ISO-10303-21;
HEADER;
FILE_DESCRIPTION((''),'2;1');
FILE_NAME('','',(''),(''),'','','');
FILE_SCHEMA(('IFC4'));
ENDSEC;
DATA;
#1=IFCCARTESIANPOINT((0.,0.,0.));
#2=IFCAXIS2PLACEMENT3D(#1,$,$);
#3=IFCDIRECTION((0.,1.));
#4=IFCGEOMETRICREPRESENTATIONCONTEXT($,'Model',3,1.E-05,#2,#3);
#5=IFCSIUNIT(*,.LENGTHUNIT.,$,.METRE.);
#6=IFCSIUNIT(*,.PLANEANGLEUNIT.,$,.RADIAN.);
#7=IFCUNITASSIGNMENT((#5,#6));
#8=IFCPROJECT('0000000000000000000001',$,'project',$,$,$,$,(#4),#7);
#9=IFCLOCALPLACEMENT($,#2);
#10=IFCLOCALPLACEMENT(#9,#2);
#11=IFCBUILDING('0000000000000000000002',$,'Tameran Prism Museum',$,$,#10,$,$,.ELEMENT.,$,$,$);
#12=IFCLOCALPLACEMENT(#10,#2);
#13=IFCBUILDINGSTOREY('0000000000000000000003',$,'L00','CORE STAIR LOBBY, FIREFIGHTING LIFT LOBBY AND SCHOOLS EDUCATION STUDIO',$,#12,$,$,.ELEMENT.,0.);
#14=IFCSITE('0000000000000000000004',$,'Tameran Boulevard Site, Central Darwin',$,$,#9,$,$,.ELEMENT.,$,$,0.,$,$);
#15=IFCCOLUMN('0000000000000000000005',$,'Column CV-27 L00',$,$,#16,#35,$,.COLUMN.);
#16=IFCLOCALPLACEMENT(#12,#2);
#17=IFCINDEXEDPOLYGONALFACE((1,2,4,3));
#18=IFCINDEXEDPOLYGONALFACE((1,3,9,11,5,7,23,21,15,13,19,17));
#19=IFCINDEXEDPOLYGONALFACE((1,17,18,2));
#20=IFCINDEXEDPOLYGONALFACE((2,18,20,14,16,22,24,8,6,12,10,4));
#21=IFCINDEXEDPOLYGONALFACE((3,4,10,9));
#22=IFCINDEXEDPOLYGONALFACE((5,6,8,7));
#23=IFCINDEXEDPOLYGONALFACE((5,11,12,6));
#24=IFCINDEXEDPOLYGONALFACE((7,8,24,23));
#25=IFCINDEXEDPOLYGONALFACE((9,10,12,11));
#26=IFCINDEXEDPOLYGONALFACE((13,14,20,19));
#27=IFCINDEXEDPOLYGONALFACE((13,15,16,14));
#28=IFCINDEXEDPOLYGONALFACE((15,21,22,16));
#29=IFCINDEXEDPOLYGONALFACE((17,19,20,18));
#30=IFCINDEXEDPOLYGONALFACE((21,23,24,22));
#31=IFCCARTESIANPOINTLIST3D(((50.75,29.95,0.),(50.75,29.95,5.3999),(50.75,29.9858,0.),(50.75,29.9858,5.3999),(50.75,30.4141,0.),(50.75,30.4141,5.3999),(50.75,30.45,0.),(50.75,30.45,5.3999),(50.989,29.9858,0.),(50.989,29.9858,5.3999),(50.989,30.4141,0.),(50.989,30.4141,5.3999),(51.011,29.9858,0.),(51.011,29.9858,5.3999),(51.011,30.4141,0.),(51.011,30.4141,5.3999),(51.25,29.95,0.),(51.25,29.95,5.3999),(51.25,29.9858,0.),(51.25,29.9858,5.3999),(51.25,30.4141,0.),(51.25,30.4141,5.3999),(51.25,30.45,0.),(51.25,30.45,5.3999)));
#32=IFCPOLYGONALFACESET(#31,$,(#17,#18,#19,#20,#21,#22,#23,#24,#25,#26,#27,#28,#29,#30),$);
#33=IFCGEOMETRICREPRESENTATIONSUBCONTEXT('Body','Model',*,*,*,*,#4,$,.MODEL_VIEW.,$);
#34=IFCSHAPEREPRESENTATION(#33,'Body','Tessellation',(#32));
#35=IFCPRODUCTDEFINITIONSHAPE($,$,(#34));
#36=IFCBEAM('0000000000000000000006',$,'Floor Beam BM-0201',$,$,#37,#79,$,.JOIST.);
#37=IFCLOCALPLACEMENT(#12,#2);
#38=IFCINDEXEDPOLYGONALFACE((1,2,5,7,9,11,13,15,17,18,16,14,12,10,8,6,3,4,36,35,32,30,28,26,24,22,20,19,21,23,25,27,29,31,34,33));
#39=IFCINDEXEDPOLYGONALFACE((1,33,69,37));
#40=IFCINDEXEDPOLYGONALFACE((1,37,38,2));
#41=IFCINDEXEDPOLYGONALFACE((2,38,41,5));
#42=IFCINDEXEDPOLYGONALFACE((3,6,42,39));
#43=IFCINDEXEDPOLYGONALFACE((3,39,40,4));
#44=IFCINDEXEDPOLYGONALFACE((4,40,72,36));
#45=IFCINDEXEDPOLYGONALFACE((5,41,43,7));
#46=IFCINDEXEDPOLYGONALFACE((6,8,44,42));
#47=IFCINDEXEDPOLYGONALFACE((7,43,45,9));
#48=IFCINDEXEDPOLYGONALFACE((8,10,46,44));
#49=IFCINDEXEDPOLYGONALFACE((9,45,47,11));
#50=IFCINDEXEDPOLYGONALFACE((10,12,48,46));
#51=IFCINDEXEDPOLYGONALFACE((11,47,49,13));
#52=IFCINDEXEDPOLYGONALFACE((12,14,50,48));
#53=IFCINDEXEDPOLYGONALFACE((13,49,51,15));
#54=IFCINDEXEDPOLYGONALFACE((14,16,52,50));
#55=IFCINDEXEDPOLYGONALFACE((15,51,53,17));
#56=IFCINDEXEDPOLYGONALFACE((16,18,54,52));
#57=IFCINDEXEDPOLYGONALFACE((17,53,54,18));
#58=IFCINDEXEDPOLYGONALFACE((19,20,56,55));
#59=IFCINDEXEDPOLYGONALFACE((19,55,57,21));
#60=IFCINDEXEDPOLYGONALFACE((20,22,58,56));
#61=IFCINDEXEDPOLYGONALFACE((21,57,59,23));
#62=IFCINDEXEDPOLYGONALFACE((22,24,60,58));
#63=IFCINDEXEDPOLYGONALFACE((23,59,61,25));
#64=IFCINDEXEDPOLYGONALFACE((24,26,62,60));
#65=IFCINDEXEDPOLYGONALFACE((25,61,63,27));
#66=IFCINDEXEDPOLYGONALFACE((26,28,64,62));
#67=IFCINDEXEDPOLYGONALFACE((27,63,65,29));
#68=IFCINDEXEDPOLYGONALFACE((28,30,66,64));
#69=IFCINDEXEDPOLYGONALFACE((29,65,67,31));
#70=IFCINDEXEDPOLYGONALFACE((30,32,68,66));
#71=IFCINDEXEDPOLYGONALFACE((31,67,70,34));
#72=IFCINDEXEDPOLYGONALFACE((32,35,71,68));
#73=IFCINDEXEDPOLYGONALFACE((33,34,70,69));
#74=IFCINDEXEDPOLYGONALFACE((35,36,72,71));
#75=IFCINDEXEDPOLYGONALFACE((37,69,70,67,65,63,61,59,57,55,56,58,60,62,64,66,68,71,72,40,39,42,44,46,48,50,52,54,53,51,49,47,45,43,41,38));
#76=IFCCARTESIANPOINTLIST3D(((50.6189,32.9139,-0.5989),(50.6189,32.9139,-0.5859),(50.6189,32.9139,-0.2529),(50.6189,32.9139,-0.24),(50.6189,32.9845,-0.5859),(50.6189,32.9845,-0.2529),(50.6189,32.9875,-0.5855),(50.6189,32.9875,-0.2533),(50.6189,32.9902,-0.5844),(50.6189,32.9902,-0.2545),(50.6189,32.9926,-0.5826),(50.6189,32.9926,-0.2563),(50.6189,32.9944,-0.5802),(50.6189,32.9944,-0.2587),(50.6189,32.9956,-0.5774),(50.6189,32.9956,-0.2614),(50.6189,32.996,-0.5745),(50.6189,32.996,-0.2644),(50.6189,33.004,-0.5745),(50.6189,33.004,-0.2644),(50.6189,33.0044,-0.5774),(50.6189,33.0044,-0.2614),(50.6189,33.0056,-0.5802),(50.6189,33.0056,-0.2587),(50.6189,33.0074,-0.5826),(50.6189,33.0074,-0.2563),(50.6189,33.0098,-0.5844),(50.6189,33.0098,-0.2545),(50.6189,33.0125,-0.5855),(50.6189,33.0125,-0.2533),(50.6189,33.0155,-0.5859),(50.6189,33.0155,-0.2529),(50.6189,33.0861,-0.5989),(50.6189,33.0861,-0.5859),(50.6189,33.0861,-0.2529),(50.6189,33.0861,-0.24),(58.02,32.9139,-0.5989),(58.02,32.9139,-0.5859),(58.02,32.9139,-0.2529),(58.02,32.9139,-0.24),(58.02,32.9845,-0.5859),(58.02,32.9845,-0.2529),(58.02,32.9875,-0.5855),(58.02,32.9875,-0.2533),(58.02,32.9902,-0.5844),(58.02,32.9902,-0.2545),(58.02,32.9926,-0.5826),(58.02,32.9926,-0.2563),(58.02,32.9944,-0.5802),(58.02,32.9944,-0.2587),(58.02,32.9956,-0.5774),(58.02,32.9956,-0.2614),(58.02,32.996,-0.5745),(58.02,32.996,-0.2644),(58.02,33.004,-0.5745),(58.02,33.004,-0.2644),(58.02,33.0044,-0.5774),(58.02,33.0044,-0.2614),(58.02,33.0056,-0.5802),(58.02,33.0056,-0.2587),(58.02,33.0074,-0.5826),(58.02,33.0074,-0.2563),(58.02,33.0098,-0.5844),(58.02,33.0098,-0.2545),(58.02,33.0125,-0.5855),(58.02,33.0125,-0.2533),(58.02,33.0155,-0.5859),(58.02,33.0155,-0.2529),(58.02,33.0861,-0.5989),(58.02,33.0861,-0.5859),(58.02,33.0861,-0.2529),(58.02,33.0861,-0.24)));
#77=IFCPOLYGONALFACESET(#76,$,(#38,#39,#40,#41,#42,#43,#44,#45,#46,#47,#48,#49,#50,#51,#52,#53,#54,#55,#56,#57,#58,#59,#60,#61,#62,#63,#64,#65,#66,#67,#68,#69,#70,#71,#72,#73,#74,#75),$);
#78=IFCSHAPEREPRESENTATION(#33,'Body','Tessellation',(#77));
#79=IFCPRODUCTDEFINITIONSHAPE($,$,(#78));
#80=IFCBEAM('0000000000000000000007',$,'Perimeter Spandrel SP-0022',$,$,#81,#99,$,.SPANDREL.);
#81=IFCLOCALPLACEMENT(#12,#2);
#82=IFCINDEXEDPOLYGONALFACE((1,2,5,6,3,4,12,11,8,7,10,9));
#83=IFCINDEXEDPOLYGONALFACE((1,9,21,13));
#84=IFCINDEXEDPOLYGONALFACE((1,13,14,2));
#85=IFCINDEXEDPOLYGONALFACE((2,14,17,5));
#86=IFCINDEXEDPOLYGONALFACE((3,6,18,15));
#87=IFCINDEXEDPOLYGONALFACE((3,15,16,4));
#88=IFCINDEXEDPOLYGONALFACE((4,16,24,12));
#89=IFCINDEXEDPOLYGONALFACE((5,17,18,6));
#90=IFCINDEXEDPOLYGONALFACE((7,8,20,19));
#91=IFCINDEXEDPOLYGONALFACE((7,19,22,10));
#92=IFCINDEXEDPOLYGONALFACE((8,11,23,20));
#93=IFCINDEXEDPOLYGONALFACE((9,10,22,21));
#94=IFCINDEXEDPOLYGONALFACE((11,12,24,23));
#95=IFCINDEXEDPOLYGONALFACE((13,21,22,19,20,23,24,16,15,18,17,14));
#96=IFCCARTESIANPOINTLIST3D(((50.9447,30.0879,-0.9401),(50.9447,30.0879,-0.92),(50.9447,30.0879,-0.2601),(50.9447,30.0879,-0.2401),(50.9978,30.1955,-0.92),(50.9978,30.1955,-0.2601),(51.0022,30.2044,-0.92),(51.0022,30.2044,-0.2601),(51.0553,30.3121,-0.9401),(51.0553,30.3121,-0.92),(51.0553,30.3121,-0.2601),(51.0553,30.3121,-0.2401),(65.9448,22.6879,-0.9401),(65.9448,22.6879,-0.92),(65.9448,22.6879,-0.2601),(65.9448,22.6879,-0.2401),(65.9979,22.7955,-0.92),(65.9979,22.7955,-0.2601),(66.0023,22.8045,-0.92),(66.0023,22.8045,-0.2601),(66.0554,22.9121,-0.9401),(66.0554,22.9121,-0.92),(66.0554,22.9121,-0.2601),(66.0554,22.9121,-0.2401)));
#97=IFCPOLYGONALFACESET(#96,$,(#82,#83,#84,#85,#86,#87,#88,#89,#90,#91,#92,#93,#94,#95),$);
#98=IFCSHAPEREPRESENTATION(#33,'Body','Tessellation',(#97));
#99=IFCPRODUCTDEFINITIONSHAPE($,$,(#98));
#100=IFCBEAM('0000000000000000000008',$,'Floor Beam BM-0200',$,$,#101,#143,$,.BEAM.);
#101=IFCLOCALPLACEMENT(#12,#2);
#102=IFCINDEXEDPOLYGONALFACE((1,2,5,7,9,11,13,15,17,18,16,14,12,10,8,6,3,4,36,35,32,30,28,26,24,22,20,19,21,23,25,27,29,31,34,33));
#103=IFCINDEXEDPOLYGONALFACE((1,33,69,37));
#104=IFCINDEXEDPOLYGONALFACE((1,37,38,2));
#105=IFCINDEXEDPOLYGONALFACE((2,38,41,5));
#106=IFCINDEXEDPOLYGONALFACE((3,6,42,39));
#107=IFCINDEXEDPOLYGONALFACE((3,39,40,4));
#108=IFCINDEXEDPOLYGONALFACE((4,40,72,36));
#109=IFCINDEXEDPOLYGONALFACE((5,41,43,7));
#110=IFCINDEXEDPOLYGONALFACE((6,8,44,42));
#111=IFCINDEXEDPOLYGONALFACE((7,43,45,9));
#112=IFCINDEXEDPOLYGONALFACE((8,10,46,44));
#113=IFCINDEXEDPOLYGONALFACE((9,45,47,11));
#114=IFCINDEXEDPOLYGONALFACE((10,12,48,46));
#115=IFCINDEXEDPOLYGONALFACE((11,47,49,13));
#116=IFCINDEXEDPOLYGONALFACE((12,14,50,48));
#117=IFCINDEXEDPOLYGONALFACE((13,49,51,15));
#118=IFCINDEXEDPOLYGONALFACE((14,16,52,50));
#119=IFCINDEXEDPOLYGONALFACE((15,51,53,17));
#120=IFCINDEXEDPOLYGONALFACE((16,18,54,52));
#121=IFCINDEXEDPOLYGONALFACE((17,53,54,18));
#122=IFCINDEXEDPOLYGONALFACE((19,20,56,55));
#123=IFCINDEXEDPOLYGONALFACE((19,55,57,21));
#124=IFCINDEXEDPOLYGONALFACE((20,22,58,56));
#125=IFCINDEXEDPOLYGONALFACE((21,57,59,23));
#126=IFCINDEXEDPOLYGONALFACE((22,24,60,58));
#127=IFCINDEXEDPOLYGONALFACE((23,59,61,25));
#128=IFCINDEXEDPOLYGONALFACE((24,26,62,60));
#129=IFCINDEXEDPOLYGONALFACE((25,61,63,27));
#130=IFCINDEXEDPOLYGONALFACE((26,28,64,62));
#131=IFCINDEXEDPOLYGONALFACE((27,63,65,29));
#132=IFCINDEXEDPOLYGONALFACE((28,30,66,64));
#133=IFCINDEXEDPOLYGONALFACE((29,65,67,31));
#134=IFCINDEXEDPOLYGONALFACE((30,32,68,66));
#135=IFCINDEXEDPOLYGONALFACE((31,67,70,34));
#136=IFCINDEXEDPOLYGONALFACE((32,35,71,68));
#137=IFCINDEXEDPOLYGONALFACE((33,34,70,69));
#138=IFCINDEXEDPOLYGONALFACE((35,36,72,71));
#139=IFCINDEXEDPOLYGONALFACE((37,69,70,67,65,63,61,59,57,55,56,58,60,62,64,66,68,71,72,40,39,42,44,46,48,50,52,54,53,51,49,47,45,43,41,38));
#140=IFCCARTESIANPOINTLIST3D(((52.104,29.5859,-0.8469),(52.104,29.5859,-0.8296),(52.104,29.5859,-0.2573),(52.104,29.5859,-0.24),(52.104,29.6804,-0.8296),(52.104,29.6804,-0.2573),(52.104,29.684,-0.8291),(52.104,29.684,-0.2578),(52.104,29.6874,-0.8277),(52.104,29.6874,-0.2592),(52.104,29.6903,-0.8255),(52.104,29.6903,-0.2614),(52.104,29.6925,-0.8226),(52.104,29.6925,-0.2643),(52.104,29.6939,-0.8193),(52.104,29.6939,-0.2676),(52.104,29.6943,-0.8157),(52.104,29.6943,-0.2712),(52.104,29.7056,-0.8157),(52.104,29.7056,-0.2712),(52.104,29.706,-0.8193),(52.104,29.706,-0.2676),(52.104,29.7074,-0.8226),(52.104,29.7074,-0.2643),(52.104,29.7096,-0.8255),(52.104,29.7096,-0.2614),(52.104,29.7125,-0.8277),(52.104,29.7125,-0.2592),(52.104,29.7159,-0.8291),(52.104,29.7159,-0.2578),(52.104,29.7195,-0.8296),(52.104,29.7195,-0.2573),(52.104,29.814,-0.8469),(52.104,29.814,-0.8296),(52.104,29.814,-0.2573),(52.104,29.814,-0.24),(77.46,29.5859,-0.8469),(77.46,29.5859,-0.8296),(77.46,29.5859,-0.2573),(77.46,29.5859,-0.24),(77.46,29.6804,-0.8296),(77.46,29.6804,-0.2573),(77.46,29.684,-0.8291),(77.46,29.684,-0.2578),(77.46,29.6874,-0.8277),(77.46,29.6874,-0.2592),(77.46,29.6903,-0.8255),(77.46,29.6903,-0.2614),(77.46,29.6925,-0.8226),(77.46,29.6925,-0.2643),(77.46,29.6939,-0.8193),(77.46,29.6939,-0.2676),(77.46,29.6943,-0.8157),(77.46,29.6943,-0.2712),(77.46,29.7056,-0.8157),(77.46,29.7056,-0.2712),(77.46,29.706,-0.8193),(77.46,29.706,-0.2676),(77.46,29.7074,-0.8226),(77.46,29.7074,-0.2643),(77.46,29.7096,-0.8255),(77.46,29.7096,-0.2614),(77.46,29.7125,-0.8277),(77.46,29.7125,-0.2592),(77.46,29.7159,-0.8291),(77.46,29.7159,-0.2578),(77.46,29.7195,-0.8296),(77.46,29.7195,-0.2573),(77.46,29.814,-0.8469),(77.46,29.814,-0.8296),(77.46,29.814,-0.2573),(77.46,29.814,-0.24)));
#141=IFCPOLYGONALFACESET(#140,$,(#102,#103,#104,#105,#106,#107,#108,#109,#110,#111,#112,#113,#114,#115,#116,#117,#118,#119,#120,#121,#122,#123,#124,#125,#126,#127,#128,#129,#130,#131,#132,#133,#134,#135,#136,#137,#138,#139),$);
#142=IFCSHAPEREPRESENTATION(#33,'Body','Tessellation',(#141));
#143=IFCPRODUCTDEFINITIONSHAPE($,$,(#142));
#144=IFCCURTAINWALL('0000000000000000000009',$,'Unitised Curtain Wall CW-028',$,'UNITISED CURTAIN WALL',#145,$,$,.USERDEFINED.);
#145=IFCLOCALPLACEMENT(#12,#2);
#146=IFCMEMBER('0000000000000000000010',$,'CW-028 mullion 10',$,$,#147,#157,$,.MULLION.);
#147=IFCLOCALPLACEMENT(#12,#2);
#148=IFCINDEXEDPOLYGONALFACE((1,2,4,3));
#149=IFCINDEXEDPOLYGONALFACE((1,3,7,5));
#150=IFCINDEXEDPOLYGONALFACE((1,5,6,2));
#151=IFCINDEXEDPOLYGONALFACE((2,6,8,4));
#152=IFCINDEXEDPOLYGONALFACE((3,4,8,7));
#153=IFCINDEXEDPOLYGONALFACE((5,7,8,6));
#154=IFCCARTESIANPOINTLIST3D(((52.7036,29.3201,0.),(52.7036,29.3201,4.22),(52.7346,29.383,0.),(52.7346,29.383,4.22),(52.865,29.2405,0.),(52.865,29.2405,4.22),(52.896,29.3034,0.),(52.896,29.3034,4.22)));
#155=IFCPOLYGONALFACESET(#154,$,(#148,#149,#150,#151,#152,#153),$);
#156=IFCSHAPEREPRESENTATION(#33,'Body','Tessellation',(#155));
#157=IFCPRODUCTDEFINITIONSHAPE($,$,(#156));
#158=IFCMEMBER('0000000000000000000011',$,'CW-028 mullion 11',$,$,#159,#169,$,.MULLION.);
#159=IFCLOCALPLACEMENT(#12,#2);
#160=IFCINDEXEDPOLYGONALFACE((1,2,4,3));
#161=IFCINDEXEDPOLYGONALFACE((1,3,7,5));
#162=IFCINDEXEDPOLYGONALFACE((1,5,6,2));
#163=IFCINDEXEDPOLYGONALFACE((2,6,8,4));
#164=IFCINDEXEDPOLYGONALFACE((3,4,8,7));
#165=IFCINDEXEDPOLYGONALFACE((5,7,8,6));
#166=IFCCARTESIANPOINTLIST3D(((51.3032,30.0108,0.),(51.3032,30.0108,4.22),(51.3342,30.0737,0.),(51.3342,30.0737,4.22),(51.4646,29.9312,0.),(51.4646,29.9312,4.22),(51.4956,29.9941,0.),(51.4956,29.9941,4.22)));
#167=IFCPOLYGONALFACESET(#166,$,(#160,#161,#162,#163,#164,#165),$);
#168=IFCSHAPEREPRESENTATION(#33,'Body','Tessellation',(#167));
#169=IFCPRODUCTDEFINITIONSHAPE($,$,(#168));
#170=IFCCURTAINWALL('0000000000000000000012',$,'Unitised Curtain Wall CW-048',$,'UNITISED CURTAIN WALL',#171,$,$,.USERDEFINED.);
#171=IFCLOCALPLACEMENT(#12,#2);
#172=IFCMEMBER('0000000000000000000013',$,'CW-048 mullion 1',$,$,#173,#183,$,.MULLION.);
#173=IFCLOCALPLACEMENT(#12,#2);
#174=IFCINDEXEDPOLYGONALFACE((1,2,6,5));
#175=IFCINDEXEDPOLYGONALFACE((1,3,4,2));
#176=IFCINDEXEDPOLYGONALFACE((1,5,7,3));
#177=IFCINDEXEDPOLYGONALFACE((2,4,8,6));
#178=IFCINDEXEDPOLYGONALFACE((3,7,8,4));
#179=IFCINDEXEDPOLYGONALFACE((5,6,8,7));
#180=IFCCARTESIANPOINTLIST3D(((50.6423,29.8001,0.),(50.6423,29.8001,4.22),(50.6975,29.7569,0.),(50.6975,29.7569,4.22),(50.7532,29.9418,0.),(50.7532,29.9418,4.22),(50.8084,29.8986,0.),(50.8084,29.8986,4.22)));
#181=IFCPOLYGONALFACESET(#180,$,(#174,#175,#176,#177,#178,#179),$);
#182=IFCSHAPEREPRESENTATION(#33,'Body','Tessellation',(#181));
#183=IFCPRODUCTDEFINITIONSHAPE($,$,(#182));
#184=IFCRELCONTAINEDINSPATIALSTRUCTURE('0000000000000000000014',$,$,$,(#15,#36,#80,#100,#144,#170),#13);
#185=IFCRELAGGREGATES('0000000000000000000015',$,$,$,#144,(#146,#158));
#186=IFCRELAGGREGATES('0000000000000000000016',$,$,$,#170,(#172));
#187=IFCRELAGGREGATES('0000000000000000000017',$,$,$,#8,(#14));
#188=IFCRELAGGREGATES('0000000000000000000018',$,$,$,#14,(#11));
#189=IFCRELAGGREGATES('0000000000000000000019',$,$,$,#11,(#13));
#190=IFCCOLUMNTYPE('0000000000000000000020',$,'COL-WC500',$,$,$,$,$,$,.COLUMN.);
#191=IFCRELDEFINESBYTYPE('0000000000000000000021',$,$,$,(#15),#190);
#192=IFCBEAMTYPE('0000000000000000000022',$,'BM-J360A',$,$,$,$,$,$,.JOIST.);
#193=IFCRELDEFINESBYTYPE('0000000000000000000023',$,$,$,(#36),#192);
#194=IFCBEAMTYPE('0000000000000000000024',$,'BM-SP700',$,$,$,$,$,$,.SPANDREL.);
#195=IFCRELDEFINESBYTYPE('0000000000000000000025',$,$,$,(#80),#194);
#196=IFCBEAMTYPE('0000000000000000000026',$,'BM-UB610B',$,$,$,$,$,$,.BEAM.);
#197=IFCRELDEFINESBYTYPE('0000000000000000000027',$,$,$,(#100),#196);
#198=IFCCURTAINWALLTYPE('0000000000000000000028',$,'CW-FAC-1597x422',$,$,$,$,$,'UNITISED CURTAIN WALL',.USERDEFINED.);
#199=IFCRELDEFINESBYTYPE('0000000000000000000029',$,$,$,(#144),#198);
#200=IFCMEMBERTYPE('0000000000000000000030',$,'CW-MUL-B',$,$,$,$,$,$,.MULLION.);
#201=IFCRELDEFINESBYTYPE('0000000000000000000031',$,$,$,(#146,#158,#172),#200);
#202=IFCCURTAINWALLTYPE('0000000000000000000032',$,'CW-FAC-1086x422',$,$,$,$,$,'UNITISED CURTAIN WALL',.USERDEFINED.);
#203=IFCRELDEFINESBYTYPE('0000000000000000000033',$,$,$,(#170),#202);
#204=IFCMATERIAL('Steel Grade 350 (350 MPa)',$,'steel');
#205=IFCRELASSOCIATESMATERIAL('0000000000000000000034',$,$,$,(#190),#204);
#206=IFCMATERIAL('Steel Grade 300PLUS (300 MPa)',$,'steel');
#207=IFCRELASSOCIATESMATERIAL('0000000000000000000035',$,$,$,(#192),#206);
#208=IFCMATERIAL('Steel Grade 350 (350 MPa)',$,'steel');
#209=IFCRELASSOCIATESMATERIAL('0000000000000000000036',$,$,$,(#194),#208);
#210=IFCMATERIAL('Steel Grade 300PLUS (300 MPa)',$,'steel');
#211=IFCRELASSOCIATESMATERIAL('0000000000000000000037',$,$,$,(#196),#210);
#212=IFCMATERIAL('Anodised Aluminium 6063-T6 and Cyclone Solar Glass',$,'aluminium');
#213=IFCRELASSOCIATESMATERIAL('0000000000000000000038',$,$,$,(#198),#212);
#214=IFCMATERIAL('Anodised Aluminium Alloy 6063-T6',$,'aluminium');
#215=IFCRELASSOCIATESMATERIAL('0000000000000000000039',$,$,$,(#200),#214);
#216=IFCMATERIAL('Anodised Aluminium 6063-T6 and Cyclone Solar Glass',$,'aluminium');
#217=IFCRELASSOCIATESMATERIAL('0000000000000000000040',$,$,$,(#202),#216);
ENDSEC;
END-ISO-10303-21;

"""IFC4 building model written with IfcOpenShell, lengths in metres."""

from ifc_helpers import new_model, si_unit, direction, frame, origin, origin_2d, place, context, subcontext, project, spatial, rectangle, i_section, extrude, material, material_profile, profile_set, type_object, element, aggregate, save


model = new_model("IFC4")

# Units and contexts
model_context = context("Model", 3, precision=1e-05, world=origin(), true_north=direction((0.0, 1.0)))
body_context = subcontext(model_context, "Body", "Model", "MODEL_VIEW")
ifc_project = project(units=[si_unit("LENGTHUNIT", "METRE"), si_unit("PLANEANGLEUNIT", "RADIAN")], contexts=[model_context])

# Site, building, storey
site_placement = place(None, origin())
site = spatial("IfcSite", under=ifc_project, at=site_placement, Name="Tameran Boulevard Site, Central Darwin", CompositionType="ELEMENT", RefElevation=0.0)
building_placement = place(site_placement, origin())
building = spatial("IfcBuilding", under=site, at=building_placement, Name="Tameran Prism Museum", CompositionType="ELEMENT")
storey_placement = place(building_placement, origin())
storey = spatial("IfcBuildingStorey", under=building, at=storey_placement, Name="L00", Description="CORE STAIR LOBBY, FIREFIGHTING LIFT LOBBY AND SCHOOLS EDUCATION STUDIO", CompositionType="ELEMENT", Elevation=0.0)

# Column
ifc_material_1 = material(Name="Steel Grade 350 (350 MPa)", Category="steel")
ifc_material_profile_1 = material_profile(ifc_material_1, i_section(OverallWidth=0.5, OverallDepth=0.5, WebThickness=0.022, FlangeThickness=0.0359, at=origin_2d()))
ifc_profile_set_1 = profile_set([ifc_material_profile_1])
column_type = type_object("IfcColumnType", Name="COL-WC500", PredefinedType="COLUMN", material=ifc_profile_set_1)
column_placement = place(storey_placement, frame((51.0, 30.2, 0.0), z_axis=(0.0, 0.0, 1.0), x_axis=(1.0, 0.0, 0.0)))
element("IfcColumn", 1, at=column_placement, inside=storey, type_object=column_type, Name="Column CV-27 L00", PredefinedType="COLUMN", context=body_context, shape_type="SweptSolid", body=[
    extrude(i_section(OverallWidth=0.5, OverallDepth=0.5, WebThickness=0.022, FlangeThickness=0.0359, at=origin_2d()), origin(), (0.0, 0.0, 1.0), 5.3999),
])

# Beams
ifc_material_2 = material(Name="Steel Grade 300PLUS (300 MPa)", Category="steel")
ifc_material_profile_2 = material_profile(ifc_material_2, i_section(OverallWidth=0.1721, OverallDepth=0.3589, WebThickness=0.0081, FlangeThickness=0.0129, FilletRadius=0.0115, at=origin_2d()))
ifc_profile_set_2 = profile_set([ifc_material_profile_2])
beam_type_1 = type_object("IfcBeamType", Name="BM-J360A", PredefinedType="JOIST", material=ifc_profile_set_2)
beam_1_placement = place(storey_placement, frame((50.6189, 33.0, -0.4194), z_axis=(1.0, 0.0, 0.0), x_axis=(0.0, 1.0, 0.0)))
element("IfcBeam", 2, at=beam_1_placement, inside=storey, type_object=beam_type_1, Name="Floor Beam BM-0201", PredefinedType="JOIST", context=body_context, shape_type="SweptSolid", body=[
    extrude(i_section(OverallWidth=0.1721, OverallDepth=0.3589, WebThickness=0.0081, FlangeThickness=0.0129, FilletRadius=0.0115, at=origin_2d()), origin(), (0.0, 0.0, 1.0), 7.4011),
])
ifc_material_3 = material(Name="Steel Grade 350 (350 MPa)", Category="steel")
ifc_material_profile_3 = material_profile(ifc_material_3, i_section(OverallWidth=0.25, OverallDepth=0.7, WebThickness=0.01, FlangeThickness=0.02, at=origin_2d()))
ifc_profile_set_3 = profile_set([ifc_material_profile_3])
beam_type_2 = type_object("IfcBeamType", Name="BM-SP700", PredefinedType="SPANDREL", material=ifc_profile_set_3)
beam_2_placement = place(storey_placement, frame((51.0, 30.2, -0.5901), z_axis=(0.896808, -0.44242, 0.0), x_axis=(0.44242, 0.896808, 0.0)))
element("IfcBeam", 3, at=beam_2_placement, inside=storey, type_object=beam_type_2, Name="Perimeter Spandrel SP-0022", PredefinedType="SPANDREL", context=body_context, shape_type="SweptSolid", body=[
    extrude(i_section(OverallWidth=0.25, OverallDepth=0.7, WebThickness=0.01, FlangeThickness=0.02, at=origin_2d()), origin(), (0.0, 0.0, 1.0), 16.7261),
])
ifc_material_4 = material(Name="Steel Grade 300PLUS (300 MPa)", Category="steel")
ifc_material_profile_4 = material_profile(ifc_material_4, i_section(OverallWidth=0.228, OverallDepth=0.6069, WebThickness=0.0112, FlangeThickness=0.0173, FilletRadius=0.0139, at=origin_2d()))
ifc_profile_set_4 = profile_set([ifc_material_profile_4])
beam_type_3 = type_object("IfcBeamType", Name="BM-UB610B", PredefinedType="BEAM", material=ifc_profile_set_4)
beam_3_placement = place(storey_placement, frame((52.104, 29.7, -0.5435), z_axis=(1.0, 0.0, 0.0), x_axis=(0.0, 1.0, 0.0)))
element("IfcBeam", 4, at=beam_3_placement, inside=storey, type_object=beam_type_3, Name="Floor Beam BM-0200", PredefinedType="BEAM", context=body_context, shape_type="SweptSolid", body=[
    extrude(i_section(OverallWidth=0.228, OverallDepth=0.6069, WebThickness=0.0112, FlangeThickness=0.0173, FilletRadius=0.0139, at=origin_2d()), origin(), (0.0, 0.0, 1.0), 25.356),
])

# Curtain wall, members
ifc_material_5 = material(Name="Anodised Aluminium 6063-T6 and Cyclone Solar Glass", Category="aluminium")
curtain_wall_type_1 = type_object("IfcCurtainWallType", Name="CW-FAC-1597x422", ElementType="UNITISED CURTAIN WALL", PredefinedType="USERDEFINED", material=ifc_material_5)
curtain_wall_1_placement = place(storey_placement, origin())
curtain_wall_1 = element("IfcCurtainWall", 5, at=curtain_wall_1_placement, inside=storey, type_object=curtain_wall_type_1, Name="Unitised Curtain Wall CW-028", ObjectType="UNITISED CURTAIN WALL", PredefinedType="USERDEFINED")
ifc_material_6 = material(Name="Anodised Aluminium Alloy 6063-T6", Category="aluminium")
ifc_material_profile_5 = material_profile(ifc_material_6, rectangle(XDim=0.0701, YDim=0.1799, at=origin_2d()))
ifc_profile_set_5 = profile_set([ifc_material_profile_5])
member_type_1 = type_object("IfcMemberType", Name="CW-MUL-B", PredefinedType="MULLION", material=ifc_profile_set_5)
member_1_placement = place(storey_placement, frame((52.7998, 29.3118, 0.0), z_axis=(0.0, 0.0, 1.0), x_axis=(-0.442397, -0.896819, 0.0)))
member_1 = element("IfcMember", 6, at=member_1_placement, type_object=member_type_1, Name="CW-028 mullion 10", PredefinedType="MULLION", context=body_context, shape_type="SweptSolid", body=[
    extrude(rectangle(XDim=0.0701, YDim=0.1799, at=origin_2d()), origin(), (0.0, 0.0, 1.0), 4.22),
])
member_2_placement = place(storey_placement, frame((51.3994, 30.0024, 0.0), z_axis=(0.0, 0.0, 1.0), x_axis=(-0.442397, -0.896819, 0.0)))
member_2 = element("IfcMember", 7, at=member_2_placement, type_object=member_type_1, Name="CW-028 mullion 11", PredefinedType="MULLION", context=body_context, shape_type="SweptSolid", body=[
    extrude(rectangle(XDim=0.0701, YDim=0.1799, at=origin_2d()), origin(), (0.0, 0.0, 1.0), 4.22),
])

# Curtain wall, member
ifc_material_7 = material(Name="Anodised Aluminium 6063-T6 and Cyclone Solar Glass", Category="aluminium")
curtain_wall_type_2 = type_object("IfcCurtainWallType", Name="CW-FAC-1086x422", ElementType="UNITISED CURTAIN WALL", PredefinedType="USERDEFINED", material=ifc_material_7)
curtain_wall_2_placement = place(storey_placement, origin())
curtain_wall_2 = element("IfcCurtainWall", 8, at=curtain_wall_2_placement, inside=storey, type_object=curtain_wall_type_2, Name="Unitised Curtain Wall CW-048", ObjectType="UNITISED CURTAIN WALL", PredefinedType="USERDEFINED")
member_3_placement = place(storey_placement, frame((50.7253, 29.8494, 0.0), z_axis=(0.0, 0.0, 1.0), x_axis=(0.787524, -0.616283, 0.0)))
member_3 = element("IfcMember", 9, at=member_3_placement, type_object=member_type_1, Name="CW-048 mullion 1", PredefinedType="MULLION", context=body_context, shape_type="SweptSolid", body=[
    extrude(rectangle(XDim=0.0701, YDim=0.1799, at=origin_2d()), origin(), (0.0, 0.0, 1.0), 4.22),
])

aggregate(curtain_wall_1, [member_1, member_2])
aggregate(curtain_wall_2, [member_3])

save(model, "model.ifc")
